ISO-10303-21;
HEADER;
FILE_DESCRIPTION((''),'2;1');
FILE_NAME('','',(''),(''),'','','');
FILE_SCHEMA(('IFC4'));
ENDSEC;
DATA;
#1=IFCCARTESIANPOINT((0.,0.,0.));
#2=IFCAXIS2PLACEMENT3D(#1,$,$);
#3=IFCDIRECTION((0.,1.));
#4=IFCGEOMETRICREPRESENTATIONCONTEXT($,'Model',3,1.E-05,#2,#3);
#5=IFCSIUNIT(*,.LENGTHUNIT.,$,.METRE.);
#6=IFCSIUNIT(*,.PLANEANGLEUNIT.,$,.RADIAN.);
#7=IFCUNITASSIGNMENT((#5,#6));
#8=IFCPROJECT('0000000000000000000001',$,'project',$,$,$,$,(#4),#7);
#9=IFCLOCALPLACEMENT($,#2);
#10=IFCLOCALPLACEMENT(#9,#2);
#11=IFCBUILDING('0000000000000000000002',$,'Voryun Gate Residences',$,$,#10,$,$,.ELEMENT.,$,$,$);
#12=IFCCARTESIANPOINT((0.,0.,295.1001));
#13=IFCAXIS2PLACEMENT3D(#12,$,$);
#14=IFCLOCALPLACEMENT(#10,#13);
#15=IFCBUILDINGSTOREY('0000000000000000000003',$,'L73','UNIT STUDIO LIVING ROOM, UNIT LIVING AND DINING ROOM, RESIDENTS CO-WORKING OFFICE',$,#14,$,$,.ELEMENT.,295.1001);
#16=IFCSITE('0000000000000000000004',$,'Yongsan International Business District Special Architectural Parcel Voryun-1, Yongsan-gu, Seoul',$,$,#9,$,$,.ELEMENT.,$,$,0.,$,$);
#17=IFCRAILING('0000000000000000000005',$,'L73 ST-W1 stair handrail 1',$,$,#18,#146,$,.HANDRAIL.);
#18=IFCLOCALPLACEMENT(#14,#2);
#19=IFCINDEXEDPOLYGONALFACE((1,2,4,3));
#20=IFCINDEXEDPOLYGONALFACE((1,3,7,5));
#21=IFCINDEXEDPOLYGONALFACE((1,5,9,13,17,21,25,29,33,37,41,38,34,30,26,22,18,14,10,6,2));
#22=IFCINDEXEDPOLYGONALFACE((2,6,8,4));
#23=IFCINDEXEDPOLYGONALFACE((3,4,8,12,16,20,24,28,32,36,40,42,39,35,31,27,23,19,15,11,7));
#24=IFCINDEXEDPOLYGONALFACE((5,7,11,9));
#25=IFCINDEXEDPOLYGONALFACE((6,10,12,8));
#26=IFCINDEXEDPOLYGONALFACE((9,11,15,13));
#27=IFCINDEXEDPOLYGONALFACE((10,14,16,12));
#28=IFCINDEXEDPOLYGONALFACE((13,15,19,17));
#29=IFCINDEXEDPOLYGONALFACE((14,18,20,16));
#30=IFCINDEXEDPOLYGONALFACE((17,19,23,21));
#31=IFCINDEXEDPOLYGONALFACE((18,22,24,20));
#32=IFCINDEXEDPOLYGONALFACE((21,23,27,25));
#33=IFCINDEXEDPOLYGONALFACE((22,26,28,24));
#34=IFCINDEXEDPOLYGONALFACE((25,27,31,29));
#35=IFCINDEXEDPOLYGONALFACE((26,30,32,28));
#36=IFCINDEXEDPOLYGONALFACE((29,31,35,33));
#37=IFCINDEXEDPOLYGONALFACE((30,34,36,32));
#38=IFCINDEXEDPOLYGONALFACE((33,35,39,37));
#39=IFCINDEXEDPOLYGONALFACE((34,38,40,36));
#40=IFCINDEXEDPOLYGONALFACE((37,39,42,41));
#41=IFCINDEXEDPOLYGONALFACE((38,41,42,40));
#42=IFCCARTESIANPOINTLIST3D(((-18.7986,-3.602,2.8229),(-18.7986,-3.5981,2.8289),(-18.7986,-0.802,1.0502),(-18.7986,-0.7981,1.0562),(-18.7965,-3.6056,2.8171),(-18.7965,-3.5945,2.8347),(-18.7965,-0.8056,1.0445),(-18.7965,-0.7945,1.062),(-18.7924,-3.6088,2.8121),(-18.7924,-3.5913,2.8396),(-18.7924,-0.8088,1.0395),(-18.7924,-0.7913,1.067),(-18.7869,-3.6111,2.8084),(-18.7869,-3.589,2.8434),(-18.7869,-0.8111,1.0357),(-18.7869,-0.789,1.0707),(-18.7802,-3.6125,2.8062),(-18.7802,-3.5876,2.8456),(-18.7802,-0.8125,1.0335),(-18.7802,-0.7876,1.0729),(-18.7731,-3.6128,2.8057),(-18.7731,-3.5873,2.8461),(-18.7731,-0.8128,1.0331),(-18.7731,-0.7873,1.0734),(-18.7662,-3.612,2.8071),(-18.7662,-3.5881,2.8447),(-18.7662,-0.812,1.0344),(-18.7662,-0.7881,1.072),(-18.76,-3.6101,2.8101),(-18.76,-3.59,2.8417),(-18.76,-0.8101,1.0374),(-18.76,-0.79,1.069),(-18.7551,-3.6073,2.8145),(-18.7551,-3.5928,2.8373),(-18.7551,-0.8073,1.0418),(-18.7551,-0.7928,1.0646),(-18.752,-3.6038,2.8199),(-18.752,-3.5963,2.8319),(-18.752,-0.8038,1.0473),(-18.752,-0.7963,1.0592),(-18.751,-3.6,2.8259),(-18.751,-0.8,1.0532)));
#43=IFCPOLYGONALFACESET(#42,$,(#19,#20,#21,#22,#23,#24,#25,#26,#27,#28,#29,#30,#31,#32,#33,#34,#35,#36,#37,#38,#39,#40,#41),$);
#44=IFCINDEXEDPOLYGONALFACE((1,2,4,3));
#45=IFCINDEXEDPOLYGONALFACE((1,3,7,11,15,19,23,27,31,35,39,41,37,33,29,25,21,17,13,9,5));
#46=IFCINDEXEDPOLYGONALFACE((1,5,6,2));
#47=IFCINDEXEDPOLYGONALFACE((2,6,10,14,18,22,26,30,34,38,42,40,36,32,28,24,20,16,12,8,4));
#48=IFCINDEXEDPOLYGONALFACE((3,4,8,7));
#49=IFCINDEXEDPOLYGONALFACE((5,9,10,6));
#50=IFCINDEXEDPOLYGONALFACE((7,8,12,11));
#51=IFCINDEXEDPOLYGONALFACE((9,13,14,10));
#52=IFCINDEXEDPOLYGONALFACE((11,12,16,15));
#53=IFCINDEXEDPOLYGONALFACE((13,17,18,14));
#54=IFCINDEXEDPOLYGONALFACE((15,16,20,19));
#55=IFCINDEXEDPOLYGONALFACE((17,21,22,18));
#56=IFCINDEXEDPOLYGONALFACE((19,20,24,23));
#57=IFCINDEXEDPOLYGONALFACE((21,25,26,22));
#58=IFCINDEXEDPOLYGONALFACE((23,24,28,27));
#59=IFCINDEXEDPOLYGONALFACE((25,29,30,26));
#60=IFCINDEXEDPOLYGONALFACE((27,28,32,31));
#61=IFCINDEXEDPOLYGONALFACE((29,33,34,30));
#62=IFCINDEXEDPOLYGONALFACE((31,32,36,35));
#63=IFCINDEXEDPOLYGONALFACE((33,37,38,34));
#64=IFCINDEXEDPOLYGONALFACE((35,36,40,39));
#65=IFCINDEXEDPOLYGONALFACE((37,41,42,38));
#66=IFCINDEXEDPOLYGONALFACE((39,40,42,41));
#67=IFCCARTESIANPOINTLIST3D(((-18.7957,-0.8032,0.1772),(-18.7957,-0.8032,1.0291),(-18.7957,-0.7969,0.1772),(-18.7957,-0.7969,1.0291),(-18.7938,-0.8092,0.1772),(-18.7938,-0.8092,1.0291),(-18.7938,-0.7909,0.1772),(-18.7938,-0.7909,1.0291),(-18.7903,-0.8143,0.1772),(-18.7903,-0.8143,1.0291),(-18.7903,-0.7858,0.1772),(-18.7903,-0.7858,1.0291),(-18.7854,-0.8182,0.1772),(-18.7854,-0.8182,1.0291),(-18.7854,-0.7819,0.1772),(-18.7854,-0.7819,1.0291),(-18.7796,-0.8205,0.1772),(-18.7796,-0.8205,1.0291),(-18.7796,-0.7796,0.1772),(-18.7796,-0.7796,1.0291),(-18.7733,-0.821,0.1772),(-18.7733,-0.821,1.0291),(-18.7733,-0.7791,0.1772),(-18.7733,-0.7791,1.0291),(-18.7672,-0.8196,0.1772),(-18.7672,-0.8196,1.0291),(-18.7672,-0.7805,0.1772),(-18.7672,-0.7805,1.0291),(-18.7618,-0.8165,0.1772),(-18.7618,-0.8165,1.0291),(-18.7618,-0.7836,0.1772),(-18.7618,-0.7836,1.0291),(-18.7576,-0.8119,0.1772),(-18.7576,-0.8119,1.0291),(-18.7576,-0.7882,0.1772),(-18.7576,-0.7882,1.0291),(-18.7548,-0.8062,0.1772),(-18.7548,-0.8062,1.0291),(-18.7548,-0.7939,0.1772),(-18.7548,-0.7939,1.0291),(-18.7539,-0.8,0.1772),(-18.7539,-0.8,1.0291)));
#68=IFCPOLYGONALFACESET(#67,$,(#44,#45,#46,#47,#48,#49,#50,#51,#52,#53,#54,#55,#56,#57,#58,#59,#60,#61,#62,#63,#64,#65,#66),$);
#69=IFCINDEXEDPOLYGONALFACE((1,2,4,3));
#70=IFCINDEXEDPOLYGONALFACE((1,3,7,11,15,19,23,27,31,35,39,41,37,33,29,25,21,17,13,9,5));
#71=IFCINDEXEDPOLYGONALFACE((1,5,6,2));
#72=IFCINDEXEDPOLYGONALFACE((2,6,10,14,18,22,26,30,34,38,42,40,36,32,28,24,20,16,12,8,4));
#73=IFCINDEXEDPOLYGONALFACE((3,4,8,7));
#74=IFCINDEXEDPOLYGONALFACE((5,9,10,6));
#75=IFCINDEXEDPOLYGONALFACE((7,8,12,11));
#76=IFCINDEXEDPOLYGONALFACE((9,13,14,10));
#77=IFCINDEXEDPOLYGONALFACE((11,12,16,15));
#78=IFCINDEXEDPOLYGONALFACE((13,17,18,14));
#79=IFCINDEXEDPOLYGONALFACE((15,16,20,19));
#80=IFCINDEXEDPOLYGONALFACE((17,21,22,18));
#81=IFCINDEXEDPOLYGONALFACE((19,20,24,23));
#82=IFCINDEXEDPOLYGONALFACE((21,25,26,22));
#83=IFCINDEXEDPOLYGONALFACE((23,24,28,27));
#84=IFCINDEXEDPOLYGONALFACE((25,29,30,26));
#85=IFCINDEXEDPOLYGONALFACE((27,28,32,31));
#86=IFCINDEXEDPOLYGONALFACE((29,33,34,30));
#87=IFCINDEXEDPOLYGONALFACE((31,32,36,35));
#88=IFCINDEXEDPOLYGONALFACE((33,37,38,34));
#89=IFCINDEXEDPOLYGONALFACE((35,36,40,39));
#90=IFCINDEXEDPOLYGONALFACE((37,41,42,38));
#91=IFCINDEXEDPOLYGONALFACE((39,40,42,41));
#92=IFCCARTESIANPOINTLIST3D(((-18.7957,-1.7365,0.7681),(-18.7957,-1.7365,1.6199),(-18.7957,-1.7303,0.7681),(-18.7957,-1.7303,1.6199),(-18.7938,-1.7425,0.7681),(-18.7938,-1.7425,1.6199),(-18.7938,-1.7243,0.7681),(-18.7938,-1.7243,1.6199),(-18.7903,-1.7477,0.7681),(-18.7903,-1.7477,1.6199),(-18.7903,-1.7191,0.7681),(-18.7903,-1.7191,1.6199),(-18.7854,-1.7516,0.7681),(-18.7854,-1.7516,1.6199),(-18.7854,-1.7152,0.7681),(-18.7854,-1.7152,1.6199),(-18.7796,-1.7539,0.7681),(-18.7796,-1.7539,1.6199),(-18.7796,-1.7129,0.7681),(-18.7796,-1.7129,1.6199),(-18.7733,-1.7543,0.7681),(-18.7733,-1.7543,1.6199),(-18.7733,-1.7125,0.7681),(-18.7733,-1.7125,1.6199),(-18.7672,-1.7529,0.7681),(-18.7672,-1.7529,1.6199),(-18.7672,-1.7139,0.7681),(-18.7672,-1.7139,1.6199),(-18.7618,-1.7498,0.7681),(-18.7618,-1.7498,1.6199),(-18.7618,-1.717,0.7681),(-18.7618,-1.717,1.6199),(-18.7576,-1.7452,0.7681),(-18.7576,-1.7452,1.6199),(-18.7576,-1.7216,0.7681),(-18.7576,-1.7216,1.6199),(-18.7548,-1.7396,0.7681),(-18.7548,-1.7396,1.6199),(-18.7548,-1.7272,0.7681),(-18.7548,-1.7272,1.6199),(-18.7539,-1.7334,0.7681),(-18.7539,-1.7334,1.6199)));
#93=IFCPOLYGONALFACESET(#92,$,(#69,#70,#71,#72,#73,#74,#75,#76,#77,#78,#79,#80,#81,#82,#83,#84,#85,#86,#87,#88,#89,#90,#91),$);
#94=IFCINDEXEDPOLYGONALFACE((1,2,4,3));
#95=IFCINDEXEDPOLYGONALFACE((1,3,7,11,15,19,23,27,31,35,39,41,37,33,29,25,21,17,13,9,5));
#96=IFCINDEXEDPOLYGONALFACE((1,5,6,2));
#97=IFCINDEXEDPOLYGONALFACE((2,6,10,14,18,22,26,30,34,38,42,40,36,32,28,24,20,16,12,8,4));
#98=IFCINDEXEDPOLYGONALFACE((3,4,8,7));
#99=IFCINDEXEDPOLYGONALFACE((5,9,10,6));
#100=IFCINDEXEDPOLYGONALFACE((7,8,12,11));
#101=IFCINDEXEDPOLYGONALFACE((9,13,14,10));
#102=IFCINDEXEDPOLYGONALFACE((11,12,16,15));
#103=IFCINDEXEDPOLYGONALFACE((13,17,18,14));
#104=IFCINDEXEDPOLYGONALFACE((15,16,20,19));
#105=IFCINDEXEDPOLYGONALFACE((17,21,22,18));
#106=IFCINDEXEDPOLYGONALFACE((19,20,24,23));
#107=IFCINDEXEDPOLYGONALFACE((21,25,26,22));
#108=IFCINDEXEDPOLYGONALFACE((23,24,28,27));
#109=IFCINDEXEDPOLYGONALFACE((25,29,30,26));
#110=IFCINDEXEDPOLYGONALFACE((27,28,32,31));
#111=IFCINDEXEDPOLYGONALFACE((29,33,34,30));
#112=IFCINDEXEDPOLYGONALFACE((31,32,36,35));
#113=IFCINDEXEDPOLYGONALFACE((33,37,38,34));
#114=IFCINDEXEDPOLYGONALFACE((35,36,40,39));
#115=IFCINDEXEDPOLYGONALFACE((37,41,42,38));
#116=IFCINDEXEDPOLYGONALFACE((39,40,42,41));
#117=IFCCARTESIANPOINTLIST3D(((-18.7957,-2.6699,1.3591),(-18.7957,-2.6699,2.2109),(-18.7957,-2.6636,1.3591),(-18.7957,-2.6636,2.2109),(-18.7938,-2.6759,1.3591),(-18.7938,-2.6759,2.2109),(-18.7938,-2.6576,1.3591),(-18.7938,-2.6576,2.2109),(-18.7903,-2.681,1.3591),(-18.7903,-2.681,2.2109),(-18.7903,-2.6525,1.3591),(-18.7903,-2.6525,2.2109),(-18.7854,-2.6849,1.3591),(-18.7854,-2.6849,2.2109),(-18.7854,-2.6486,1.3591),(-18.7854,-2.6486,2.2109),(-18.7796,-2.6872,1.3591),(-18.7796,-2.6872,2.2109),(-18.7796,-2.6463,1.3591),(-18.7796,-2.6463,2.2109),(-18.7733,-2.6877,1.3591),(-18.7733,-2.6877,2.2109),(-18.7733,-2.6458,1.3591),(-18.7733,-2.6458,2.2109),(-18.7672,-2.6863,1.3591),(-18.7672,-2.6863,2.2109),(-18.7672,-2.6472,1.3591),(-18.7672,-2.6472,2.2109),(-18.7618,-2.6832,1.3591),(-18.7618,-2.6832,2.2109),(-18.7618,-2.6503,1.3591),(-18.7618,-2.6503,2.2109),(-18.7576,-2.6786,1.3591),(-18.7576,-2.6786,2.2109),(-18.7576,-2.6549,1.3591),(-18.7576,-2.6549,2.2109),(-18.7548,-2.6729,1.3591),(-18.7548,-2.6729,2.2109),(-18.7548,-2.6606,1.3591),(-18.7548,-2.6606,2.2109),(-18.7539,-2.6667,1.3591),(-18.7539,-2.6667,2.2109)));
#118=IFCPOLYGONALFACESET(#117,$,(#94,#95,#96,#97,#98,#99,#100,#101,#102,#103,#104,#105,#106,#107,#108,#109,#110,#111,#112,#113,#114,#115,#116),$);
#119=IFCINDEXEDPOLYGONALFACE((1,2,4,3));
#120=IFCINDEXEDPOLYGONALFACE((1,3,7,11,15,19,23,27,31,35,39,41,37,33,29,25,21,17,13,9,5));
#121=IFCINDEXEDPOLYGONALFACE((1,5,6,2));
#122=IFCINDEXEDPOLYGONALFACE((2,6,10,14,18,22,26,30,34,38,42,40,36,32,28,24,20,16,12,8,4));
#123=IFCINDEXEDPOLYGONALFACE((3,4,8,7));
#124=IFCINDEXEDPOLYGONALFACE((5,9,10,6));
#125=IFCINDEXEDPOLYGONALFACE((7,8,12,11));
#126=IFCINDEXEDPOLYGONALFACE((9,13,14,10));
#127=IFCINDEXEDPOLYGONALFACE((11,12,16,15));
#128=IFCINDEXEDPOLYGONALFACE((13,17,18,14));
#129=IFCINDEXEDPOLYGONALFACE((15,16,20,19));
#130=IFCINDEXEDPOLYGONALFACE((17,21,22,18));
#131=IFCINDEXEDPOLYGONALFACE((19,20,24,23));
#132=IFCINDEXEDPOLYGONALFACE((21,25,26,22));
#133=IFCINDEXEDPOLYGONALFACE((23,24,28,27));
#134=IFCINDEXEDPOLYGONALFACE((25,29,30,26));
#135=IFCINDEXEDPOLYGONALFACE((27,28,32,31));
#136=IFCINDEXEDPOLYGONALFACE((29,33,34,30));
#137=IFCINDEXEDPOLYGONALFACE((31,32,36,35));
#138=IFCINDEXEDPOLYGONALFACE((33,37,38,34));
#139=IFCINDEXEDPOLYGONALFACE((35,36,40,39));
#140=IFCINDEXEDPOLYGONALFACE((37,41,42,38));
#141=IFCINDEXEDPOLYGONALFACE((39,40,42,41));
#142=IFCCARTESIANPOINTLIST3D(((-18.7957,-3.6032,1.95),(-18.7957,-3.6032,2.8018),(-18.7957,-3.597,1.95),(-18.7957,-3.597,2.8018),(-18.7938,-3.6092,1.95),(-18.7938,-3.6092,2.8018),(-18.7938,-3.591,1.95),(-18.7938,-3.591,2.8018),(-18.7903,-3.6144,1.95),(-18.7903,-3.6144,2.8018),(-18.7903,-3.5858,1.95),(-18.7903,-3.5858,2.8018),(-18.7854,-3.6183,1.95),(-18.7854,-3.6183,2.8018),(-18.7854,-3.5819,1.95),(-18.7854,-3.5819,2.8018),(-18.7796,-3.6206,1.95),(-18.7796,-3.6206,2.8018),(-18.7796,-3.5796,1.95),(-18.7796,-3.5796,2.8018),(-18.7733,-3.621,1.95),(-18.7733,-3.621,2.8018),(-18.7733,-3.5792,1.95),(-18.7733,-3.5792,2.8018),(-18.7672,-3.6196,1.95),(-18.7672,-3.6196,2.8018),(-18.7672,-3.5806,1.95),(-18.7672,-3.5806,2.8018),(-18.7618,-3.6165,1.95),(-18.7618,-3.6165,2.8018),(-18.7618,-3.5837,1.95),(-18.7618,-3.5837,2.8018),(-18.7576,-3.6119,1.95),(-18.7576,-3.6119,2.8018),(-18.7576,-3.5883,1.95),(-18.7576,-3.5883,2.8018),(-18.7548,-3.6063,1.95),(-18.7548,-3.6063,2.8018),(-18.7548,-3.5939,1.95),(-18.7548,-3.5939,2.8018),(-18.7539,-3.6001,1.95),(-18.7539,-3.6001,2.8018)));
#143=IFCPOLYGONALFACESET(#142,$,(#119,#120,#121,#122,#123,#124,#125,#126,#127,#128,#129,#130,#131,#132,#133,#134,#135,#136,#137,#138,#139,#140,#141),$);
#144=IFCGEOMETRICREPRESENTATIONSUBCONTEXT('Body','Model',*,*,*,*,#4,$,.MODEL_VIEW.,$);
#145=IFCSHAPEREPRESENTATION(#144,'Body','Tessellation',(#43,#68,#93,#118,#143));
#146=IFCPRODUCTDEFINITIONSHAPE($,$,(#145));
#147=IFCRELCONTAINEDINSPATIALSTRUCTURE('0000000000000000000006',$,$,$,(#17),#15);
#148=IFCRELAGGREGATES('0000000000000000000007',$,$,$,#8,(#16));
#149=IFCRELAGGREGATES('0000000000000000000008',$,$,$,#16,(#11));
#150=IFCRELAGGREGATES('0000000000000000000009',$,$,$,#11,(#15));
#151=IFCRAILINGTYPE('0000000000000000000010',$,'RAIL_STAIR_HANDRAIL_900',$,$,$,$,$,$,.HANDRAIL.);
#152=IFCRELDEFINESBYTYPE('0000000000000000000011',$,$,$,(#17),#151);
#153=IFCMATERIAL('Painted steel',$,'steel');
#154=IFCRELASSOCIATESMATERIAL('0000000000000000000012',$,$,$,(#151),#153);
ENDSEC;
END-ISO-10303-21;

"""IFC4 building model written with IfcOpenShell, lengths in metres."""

from ifc_helpers import new_model, si_unit, direction, frame, origin, origin_2d, place, context, subcontext, project, spatial, circle, extrude, material, type_object, element, save


model = new_model("IFC4")

# Units and contexts
model_context = context("Model", 3, precision=1e-05, world=origin(), true_north=direction((0.0, 1.0)))
body_context = subcontext(model_context, "Body", "Model", "MODEL_VIEW")
ifc_project = project(units=[si_unit("LENGTHUNIT", "METRE"), si_unit("PLANEANGLEUNIT", "RADIAN")], contexts=[model_context])

# Site, building, storey
site_placement = place(None, origin())
site = spatial("IfcSite", under=ifc_project, at=site_placement, Name="Yongsan International Business District Special Architectural Parcel Voryun-1, Yongsan-gu, Seoul", CompositionType="ELEMENT", RefElevation=0.0)
building_placement = place(site_placement, origin())
building = spatial("IfcBuilding", under=site, at=building_placement, Name="Voryun Gate Residences", CompositionType="ELEMENT")
storey_placement = place(building_placement, frame((0.0, 0.0, 295.1001)))
storey = spatial("IfcBuildingStorey", under=building, at=storey_placement, Name="L73", Description="UNIT STUDIO LIVING ROOM, UNIT LIVING AND DINING ROOM, RESIDENTS CO-WORKING OFFICE", CompositionType="ELEMENT", Elevation=295.1001)

# Railing
ifc_material_1 = material(Name="Painted steel", Category="steel")
railing_type_1 = type_object("IfcRailingType", Name="RAIL_STAIR_HANDRAIL_900", PredefinedType="HANDRAIL", material=ifc_material_1)
railing_1_placement = place(storey_placement, frame((-18.7749, -0.8, 0.1772)))
element("IfcRailing", 1, at=railing_1_placement, inside=storey, type_object=railing_type_1, Name="L73 ST-W1 stair handrail 1", PredefinedType="HANDRAIL", context=body_context, shape_type="SweptSolid", body=[
    extrude(circle(Radius=0.0239, at=origin_2d()), frame((0.0, 0.0, 0.876), z_axis=(0.0, -0.844909, 0.53491), x_axis=(1.0, 0.0, 0.0)), (0.0, 0.0, 1.0), 3.314),
    extrude(circle(Radius=0.021, at=origin_2d()), origin(), (0.0, 0.0, 1.0), 0.8518),
    extrude(circle(Radius=0.021, at=origin_2d()), frame((0.0, -0.9333, 0.5908)), (0.0, 0.0, 1.0), 0.8518),
    extrude(circle(Radius=0.021, at=origin_2d()), frame((0.0, -1.8667, 1.1819)), (0.0, 0.0, 1.0), 0.8518),
    extrude(circle(Radius=0.021, at=origin_2d()), frame((0.0, -2.8, 1.7727)), (0.0, 0.0, 1.0), 0.8518),
])

save(model, "model.ifc")
